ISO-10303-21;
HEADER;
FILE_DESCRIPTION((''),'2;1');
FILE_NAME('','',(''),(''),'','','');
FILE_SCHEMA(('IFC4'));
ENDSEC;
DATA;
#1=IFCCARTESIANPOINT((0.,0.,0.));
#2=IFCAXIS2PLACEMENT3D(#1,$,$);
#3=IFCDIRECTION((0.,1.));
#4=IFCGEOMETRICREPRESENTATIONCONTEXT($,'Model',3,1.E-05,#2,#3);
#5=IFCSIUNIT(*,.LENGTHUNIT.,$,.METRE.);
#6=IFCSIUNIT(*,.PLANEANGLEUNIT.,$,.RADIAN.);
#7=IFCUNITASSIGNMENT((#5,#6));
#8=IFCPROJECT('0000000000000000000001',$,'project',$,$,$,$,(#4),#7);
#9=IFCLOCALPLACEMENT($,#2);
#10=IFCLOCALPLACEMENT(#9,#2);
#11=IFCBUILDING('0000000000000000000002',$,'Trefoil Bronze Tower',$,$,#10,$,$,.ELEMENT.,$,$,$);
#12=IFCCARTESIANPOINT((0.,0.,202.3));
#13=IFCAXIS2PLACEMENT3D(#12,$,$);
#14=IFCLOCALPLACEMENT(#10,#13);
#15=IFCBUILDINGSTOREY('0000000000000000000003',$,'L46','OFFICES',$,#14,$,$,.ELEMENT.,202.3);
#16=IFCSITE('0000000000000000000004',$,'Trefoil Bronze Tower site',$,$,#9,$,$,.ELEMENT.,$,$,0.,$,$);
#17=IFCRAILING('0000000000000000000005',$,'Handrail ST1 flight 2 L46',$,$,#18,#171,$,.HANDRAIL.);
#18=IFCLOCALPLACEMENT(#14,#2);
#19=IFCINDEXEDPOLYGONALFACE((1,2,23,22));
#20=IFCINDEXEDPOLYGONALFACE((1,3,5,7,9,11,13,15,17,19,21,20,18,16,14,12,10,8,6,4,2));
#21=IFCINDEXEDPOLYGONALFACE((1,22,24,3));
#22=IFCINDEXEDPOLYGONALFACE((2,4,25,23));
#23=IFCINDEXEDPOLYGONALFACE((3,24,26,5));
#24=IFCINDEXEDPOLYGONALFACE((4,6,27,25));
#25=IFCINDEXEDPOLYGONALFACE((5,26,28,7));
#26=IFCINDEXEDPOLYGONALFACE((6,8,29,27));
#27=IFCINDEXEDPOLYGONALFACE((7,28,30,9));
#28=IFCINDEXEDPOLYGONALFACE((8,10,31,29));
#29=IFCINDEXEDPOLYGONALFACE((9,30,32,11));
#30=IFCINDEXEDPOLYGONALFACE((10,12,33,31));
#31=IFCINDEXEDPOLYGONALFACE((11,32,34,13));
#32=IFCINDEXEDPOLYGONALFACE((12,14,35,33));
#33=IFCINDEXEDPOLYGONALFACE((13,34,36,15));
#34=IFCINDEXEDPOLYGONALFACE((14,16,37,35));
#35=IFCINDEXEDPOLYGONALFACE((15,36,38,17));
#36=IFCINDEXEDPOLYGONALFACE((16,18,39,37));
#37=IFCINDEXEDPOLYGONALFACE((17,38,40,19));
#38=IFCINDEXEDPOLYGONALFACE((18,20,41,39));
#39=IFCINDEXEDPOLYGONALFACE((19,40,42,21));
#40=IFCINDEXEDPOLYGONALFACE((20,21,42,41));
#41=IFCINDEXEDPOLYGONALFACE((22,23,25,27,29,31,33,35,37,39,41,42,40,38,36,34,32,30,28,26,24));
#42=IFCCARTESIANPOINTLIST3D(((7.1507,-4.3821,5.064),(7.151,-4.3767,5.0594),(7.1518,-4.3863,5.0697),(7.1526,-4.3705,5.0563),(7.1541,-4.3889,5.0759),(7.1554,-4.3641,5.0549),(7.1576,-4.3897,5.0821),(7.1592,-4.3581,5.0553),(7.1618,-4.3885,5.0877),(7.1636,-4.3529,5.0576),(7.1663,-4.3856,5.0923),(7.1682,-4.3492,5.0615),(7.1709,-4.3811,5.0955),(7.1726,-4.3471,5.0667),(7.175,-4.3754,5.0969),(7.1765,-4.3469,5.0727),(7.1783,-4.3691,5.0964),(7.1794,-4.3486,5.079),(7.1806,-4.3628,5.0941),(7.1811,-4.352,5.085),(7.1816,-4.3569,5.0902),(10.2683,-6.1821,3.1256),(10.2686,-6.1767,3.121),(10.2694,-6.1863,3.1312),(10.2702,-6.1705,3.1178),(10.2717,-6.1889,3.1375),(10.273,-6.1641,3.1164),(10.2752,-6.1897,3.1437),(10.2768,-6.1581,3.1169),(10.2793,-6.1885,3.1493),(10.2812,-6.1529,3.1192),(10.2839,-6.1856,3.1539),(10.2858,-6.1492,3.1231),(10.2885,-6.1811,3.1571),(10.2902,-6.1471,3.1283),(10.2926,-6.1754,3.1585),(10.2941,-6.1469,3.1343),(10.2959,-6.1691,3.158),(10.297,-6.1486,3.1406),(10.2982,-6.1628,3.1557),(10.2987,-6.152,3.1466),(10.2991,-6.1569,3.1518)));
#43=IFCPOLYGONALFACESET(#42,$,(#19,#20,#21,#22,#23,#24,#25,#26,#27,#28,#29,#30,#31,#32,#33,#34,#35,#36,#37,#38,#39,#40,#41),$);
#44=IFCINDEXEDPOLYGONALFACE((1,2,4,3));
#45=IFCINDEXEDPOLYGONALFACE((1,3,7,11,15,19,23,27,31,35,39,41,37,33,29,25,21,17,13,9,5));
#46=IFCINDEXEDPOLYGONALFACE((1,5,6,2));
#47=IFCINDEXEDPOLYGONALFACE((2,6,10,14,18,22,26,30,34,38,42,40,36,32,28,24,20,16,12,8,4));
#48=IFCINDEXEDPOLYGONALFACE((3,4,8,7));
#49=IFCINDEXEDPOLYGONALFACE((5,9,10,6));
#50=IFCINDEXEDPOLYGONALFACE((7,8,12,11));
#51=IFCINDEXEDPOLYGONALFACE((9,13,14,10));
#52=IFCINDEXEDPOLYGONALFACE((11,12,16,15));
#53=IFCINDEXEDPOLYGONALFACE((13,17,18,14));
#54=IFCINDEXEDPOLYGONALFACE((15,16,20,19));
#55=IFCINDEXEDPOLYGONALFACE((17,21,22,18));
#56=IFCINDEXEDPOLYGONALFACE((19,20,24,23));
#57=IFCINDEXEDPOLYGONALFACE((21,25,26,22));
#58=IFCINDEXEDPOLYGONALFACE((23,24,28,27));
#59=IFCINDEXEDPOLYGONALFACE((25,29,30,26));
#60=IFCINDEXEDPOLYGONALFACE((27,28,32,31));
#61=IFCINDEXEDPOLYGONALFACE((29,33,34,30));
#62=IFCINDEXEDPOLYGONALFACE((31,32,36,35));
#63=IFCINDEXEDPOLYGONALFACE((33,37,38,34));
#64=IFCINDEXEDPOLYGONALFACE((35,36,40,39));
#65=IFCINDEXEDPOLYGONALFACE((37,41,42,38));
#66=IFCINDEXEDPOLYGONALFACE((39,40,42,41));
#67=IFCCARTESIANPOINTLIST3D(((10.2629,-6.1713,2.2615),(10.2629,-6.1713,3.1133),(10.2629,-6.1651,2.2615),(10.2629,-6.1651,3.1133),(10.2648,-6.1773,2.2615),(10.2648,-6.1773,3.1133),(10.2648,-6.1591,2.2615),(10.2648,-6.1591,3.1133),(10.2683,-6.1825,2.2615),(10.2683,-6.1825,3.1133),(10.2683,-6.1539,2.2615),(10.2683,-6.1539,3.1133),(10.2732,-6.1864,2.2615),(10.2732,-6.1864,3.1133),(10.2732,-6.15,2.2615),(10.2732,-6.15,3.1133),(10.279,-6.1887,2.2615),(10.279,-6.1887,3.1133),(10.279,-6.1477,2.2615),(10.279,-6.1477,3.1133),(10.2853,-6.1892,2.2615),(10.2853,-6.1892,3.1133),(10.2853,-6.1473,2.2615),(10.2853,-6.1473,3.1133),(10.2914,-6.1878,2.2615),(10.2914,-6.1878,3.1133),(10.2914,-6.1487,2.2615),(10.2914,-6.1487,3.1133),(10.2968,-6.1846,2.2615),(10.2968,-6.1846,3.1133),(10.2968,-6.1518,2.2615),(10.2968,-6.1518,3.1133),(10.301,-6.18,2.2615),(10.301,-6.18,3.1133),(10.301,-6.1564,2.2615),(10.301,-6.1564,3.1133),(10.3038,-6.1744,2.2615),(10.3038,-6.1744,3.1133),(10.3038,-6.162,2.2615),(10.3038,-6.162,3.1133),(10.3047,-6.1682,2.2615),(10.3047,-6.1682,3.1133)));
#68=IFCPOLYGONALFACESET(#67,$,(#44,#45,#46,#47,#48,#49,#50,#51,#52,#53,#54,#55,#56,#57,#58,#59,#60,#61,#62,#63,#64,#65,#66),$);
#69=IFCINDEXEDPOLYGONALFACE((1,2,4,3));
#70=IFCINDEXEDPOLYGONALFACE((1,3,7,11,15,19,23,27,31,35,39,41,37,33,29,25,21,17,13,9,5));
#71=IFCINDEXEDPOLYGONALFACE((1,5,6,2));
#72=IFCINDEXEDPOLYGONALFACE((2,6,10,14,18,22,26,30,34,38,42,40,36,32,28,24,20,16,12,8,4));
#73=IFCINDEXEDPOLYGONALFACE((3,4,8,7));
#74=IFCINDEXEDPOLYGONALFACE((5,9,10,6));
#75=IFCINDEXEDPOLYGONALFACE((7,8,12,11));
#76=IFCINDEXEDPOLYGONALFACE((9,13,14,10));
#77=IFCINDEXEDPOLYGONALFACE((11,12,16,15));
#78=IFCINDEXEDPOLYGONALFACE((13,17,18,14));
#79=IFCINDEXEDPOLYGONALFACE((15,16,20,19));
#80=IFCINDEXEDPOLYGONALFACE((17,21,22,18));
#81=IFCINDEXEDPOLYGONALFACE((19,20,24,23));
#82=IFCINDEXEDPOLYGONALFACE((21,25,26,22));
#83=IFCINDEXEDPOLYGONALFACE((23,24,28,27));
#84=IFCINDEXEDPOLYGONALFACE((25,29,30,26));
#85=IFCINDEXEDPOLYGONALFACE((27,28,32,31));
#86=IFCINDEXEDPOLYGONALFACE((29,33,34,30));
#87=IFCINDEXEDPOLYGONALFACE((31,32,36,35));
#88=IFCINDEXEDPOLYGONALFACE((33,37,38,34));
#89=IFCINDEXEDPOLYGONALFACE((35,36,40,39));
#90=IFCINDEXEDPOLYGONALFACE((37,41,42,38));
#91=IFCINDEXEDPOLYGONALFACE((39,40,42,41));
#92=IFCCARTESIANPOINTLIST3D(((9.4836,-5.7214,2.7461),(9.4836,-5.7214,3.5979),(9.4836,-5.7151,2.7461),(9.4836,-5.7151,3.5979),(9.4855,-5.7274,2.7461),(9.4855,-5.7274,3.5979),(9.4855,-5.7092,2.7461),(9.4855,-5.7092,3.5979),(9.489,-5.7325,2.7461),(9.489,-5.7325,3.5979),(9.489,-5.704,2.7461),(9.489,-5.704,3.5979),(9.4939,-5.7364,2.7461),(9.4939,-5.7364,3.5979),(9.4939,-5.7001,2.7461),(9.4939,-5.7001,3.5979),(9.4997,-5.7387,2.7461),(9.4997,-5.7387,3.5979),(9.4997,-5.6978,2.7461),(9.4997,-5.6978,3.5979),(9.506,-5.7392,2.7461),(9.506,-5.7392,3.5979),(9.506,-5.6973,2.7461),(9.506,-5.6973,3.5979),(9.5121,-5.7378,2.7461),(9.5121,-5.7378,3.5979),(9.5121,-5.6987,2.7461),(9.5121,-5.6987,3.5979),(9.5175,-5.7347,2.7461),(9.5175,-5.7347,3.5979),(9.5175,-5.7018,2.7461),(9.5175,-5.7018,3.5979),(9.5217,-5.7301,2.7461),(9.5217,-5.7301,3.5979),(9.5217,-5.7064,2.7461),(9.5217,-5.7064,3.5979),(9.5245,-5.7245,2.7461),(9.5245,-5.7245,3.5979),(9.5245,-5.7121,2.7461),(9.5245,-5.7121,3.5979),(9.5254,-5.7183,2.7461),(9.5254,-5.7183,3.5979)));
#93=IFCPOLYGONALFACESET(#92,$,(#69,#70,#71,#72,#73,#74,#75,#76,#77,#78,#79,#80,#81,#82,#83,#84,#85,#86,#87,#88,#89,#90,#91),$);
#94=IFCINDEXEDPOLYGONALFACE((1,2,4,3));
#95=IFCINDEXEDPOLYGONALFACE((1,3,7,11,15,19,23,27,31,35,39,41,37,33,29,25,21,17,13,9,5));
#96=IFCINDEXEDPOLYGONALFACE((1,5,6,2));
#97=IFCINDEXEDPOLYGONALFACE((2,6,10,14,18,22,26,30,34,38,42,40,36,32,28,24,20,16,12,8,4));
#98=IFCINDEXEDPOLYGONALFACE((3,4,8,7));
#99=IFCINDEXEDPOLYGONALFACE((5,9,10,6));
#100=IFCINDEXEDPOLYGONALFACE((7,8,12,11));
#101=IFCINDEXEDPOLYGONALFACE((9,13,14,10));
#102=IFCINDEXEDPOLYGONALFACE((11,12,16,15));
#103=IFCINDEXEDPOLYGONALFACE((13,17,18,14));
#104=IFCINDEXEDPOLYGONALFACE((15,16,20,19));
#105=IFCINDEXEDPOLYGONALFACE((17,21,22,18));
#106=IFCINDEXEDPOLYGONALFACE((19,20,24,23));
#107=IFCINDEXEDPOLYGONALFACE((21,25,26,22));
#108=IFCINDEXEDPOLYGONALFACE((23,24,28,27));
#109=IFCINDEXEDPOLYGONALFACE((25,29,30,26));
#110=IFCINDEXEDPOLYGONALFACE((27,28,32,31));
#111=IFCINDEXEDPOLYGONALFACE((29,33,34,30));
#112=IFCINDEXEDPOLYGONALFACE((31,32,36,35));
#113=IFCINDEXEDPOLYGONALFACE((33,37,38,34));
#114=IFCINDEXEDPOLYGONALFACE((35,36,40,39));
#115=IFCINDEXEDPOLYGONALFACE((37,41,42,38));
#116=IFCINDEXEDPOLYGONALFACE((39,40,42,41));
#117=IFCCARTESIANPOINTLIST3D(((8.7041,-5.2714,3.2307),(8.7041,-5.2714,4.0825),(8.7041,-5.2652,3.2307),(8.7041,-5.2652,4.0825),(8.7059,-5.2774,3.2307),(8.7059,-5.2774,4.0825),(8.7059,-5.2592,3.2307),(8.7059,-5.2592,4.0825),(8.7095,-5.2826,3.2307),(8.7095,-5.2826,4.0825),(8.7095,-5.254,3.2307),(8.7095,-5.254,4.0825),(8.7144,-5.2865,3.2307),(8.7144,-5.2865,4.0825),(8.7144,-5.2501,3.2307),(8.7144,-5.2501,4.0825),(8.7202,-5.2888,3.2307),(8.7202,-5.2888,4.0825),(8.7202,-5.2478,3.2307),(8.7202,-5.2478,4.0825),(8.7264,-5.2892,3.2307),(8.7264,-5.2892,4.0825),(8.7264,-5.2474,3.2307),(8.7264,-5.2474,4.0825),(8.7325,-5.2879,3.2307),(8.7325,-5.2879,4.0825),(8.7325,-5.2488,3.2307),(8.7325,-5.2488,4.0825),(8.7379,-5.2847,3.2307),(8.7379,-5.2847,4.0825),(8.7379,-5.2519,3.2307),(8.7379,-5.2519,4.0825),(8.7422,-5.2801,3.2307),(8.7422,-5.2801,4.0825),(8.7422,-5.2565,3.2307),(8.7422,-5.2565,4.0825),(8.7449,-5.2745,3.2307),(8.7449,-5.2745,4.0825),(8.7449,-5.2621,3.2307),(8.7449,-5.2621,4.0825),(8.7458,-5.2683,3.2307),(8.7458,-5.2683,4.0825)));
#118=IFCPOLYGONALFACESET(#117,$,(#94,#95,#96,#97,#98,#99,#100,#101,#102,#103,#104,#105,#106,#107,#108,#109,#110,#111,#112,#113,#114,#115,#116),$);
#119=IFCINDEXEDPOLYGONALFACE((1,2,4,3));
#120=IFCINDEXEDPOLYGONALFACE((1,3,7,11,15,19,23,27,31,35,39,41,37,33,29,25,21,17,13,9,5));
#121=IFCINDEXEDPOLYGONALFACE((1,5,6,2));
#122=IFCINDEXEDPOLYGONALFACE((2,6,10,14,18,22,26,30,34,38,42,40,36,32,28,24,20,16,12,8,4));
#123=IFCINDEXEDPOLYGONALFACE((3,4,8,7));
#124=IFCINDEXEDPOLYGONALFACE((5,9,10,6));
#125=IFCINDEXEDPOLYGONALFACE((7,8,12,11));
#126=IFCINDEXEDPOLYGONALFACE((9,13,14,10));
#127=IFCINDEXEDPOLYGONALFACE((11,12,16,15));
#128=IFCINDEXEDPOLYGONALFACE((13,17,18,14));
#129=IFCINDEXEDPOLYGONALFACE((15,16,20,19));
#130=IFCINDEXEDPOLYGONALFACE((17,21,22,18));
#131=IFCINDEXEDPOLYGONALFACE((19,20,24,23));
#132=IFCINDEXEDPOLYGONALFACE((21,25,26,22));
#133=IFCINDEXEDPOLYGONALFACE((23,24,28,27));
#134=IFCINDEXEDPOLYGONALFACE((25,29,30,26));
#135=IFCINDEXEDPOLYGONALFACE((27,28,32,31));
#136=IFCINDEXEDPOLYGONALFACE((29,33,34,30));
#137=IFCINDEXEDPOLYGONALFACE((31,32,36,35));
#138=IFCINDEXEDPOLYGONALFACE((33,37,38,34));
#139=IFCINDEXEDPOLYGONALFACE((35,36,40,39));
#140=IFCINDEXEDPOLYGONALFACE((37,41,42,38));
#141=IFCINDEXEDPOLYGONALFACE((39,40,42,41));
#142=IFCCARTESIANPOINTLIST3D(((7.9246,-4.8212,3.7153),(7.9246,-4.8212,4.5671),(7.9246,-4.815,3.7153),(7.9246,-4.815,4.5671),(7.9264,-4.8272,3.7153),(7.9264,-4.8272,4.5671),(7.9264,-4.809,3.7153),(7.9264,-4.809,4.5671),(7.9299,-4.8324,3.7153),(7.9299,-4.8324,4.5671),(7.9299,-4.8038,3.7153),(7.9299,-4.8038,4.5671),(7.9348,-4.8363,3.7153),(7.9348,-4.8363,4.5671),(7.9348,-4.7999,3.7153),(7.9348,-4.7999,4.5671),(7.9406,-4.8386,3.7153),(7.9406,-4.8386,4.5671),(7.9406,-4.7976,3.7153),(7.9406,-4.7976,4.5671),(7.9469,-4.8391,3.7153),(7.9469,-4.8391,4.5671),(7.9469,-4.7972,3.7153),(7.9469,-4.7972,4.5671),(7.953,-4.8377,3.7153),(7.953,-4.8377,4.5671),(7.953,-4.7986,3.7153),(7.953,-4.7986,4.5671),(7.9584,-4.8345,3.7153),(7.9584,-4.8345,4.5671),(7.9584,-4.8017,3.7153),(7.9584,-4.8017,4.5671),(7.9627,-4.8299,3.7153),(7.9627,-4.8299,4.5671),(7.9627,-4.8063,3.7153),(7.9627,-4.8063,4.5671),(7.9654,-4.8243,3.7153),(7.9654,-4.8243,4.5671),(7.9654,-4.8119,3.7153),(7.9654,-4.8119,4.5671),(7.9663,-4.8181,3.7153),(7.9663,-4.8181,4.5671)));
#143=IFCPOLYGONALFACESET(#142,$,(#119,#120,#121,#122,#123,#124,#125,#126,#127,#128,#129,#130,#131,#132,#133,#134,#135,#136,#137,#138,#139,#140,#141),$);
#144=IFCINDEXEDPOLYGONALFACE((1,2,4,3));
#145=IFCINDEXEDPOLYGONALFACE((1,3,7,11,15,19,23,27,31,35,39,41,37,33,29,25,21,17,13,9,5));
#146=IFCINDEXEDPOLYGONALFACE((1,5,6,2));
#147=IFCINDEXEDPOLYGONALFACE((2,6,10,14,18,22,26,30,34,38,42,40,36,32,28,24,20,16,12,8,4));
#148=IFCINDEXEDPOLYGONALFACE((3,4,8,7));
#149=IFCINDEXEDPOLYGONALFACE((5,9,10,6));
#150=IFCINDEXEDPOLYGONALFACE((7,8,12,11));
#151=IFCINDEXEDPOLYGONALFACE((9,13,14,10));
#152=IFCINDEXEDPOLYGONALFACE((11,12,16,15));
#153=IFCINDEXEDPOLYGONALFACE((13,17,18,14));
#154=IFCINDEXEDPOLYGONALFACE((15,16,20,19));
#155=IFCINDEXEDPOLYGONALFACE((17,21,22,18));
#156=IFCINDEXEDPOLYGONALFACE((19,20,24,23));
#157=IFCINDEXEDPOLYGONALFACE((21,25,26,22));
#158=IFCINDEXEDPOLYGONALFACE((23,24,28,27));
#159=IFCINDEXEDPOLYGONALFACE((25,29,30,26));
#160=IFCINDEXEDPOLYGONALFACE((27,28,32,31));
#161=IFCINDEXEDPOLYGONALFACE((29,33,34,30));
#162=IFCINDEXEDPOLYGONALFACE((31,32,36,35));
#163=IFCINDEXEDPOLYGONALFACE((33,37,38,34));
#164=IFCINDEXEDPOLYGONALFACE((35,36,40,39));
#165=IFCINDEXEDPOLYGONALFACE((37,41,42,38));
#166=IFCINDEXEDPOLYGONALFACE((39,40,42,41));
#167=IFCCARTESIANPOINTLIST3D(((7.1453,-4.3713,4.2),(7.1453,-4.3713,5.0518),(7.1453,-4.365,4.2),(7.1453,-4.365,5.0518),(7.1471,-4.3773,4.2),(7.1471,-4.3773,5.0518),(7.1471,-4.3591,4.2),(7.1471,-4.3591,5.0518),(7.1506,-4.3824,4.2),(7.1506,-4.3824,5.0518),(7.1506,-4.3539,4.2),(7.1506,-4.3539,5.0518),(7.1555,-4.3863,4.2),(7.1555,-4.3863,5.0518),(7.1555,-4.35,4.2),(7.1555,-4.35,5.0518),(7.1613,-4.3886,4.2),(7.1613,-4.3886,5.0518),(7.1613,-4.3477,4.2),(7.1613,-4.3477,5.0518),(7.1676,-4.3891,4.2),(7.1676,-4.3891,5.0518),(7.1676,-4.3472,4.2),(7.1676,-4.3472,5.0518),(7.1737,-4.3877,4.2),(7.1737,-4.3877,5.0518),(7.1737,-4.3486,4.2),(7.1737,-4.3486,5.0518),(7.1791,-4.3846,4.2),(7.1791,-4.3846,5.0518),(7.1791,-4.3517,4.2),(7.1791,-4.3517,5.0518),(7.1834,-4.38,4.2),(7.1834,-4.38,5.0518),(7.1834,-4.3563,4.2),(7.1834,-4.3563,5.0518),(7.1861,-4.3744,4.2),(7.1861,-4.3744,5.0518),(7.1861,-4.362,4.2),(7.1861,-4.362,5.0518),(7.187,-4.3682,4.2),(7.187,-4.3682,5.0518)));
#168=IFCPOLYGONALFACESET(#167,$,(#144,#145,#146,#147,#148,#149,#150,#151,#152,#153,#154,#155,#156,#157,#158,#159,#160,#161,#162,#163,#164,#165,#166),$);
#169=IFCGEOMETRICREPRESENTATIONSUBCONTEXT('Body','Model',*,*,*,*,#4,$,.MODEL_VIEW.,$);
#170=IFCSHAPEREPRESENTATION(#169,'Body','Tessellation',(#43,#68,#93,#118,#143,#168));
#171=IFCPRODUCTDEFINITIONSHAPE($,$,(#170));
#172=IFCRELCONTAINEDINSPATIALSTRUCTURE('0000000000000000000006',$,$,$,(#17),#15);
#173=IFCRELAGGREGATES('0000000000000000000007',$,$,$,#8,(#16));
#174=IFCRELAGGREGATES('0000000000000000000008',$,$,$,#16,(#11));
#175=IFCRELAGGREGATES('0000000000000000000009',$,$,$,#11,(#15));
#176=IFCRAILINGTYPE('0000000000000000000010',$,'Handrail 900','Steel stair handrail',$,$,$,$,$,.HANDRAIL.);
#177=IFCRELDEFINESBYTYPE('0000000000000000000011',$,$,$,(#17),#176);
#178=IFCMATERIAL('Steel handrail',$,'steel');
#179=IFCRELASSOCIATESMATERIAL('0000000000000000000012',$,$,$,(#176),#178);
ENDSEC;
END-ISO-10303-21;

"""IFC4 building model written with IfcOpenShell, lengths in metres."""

from ifc_helpers import new_model, si_unit, direction, frame, origin, origin_2d, place, context, subcontext, project, spatial, circle, extrude, material, type_object, element, save


model = new_model("IFC4")

# Units and contexts
model_context = context("Model", 3, precision=1e-05, world=origin(), true_north=direction((0.0, 1.0)))
body_context = subcontext(model_context, "Body", "Model", "MODEL_VIEW")
ifc_project = project(units=[si_unit("LENGTHUNIT", "METRE"), si_unit("PLANEANGLEUNIT", "RADIAN")], contexts=[model_context])

# Site, building, storey
site_placement = place(None, origin())
site = spatial("IfcSite", under=ifc_project, at=site_placement, Name="Trefoil Bronze Tower site", CompositionType="ELEMENT", RefElevation=0.0)
building_placement = place(site_placement, origin())
building = spatial("IfcBuilding", under=site, at=building_placement, Name="Trefoil Bronze Tower", CompositionType="ELEMENT")
storey_placement = place(building_placement, frame((0.0, 0.0, 202.3)))
storey = spatial("IfcBuildingStorey", under=building, at=storey_placement, Name="L46", Description="OFFICES", CompositionType="ELEMENT", Elevation=202.3)

# Railing
ifc_material_1 = material(Name="Steel handrail", Category="steel")
railing_type = type_object("IfcRailingType", Name="Handrail 900", Description="Steel stair handrail", PredefinedType="HANDRAIL", material=ifc_material_1)
railing_1_placement = place(storey_placement, frame((10.2837, -6.1682, 2.2615)))
element("IfcRailing", 1, at=railing_1_placement, inside=storey, type_object=railing_type, Name="Handrail ST1 flight 2 L46", PredefinedType="HANDRAIL", context=body_context, shape_type="SweptSolid", body=[
    extrude(circle(Radius=0.0239, at=origin_2d()), frame((0.0, 0.0, 0.876), z_axis=(-0.762503, 0.440246, 0.474102), x_axis=(-0.500012, -0.866018, 0.0)), (0.0, 0.0, 1.0), 4.0886),
    extrude(circle(Radius=0.021, at=origin_2d()), origin(), (0.0, 0.0, 1.0), 0.8518),
    extrude(circle(Radius=0.021, at=origin_2d()), frame((-0.7793, 0.45, 0.4846)), (0.0, 0.0, 1.0), 0.8518),
    extrude(circle(Radius=0.021, at=origin_2d()), frame((-1.5588, 0.8999, 0.9692)), (0.0, 0.0, 1.0), 0.8518),
    extrude(circle(Radius=0.021, at=origin_2d()), frame((-2.3384, 1.3501, 1.4539)), (0.0, 0.0, 1.0), 0.8518),
    extrude(circle(Radius=0.021, at=origin_2d()), frame((-3.1177, 1.8, 1.9385)), (0.0, 0.0, 1.0), 0.8518),
])

save(model, "model.ifc")
